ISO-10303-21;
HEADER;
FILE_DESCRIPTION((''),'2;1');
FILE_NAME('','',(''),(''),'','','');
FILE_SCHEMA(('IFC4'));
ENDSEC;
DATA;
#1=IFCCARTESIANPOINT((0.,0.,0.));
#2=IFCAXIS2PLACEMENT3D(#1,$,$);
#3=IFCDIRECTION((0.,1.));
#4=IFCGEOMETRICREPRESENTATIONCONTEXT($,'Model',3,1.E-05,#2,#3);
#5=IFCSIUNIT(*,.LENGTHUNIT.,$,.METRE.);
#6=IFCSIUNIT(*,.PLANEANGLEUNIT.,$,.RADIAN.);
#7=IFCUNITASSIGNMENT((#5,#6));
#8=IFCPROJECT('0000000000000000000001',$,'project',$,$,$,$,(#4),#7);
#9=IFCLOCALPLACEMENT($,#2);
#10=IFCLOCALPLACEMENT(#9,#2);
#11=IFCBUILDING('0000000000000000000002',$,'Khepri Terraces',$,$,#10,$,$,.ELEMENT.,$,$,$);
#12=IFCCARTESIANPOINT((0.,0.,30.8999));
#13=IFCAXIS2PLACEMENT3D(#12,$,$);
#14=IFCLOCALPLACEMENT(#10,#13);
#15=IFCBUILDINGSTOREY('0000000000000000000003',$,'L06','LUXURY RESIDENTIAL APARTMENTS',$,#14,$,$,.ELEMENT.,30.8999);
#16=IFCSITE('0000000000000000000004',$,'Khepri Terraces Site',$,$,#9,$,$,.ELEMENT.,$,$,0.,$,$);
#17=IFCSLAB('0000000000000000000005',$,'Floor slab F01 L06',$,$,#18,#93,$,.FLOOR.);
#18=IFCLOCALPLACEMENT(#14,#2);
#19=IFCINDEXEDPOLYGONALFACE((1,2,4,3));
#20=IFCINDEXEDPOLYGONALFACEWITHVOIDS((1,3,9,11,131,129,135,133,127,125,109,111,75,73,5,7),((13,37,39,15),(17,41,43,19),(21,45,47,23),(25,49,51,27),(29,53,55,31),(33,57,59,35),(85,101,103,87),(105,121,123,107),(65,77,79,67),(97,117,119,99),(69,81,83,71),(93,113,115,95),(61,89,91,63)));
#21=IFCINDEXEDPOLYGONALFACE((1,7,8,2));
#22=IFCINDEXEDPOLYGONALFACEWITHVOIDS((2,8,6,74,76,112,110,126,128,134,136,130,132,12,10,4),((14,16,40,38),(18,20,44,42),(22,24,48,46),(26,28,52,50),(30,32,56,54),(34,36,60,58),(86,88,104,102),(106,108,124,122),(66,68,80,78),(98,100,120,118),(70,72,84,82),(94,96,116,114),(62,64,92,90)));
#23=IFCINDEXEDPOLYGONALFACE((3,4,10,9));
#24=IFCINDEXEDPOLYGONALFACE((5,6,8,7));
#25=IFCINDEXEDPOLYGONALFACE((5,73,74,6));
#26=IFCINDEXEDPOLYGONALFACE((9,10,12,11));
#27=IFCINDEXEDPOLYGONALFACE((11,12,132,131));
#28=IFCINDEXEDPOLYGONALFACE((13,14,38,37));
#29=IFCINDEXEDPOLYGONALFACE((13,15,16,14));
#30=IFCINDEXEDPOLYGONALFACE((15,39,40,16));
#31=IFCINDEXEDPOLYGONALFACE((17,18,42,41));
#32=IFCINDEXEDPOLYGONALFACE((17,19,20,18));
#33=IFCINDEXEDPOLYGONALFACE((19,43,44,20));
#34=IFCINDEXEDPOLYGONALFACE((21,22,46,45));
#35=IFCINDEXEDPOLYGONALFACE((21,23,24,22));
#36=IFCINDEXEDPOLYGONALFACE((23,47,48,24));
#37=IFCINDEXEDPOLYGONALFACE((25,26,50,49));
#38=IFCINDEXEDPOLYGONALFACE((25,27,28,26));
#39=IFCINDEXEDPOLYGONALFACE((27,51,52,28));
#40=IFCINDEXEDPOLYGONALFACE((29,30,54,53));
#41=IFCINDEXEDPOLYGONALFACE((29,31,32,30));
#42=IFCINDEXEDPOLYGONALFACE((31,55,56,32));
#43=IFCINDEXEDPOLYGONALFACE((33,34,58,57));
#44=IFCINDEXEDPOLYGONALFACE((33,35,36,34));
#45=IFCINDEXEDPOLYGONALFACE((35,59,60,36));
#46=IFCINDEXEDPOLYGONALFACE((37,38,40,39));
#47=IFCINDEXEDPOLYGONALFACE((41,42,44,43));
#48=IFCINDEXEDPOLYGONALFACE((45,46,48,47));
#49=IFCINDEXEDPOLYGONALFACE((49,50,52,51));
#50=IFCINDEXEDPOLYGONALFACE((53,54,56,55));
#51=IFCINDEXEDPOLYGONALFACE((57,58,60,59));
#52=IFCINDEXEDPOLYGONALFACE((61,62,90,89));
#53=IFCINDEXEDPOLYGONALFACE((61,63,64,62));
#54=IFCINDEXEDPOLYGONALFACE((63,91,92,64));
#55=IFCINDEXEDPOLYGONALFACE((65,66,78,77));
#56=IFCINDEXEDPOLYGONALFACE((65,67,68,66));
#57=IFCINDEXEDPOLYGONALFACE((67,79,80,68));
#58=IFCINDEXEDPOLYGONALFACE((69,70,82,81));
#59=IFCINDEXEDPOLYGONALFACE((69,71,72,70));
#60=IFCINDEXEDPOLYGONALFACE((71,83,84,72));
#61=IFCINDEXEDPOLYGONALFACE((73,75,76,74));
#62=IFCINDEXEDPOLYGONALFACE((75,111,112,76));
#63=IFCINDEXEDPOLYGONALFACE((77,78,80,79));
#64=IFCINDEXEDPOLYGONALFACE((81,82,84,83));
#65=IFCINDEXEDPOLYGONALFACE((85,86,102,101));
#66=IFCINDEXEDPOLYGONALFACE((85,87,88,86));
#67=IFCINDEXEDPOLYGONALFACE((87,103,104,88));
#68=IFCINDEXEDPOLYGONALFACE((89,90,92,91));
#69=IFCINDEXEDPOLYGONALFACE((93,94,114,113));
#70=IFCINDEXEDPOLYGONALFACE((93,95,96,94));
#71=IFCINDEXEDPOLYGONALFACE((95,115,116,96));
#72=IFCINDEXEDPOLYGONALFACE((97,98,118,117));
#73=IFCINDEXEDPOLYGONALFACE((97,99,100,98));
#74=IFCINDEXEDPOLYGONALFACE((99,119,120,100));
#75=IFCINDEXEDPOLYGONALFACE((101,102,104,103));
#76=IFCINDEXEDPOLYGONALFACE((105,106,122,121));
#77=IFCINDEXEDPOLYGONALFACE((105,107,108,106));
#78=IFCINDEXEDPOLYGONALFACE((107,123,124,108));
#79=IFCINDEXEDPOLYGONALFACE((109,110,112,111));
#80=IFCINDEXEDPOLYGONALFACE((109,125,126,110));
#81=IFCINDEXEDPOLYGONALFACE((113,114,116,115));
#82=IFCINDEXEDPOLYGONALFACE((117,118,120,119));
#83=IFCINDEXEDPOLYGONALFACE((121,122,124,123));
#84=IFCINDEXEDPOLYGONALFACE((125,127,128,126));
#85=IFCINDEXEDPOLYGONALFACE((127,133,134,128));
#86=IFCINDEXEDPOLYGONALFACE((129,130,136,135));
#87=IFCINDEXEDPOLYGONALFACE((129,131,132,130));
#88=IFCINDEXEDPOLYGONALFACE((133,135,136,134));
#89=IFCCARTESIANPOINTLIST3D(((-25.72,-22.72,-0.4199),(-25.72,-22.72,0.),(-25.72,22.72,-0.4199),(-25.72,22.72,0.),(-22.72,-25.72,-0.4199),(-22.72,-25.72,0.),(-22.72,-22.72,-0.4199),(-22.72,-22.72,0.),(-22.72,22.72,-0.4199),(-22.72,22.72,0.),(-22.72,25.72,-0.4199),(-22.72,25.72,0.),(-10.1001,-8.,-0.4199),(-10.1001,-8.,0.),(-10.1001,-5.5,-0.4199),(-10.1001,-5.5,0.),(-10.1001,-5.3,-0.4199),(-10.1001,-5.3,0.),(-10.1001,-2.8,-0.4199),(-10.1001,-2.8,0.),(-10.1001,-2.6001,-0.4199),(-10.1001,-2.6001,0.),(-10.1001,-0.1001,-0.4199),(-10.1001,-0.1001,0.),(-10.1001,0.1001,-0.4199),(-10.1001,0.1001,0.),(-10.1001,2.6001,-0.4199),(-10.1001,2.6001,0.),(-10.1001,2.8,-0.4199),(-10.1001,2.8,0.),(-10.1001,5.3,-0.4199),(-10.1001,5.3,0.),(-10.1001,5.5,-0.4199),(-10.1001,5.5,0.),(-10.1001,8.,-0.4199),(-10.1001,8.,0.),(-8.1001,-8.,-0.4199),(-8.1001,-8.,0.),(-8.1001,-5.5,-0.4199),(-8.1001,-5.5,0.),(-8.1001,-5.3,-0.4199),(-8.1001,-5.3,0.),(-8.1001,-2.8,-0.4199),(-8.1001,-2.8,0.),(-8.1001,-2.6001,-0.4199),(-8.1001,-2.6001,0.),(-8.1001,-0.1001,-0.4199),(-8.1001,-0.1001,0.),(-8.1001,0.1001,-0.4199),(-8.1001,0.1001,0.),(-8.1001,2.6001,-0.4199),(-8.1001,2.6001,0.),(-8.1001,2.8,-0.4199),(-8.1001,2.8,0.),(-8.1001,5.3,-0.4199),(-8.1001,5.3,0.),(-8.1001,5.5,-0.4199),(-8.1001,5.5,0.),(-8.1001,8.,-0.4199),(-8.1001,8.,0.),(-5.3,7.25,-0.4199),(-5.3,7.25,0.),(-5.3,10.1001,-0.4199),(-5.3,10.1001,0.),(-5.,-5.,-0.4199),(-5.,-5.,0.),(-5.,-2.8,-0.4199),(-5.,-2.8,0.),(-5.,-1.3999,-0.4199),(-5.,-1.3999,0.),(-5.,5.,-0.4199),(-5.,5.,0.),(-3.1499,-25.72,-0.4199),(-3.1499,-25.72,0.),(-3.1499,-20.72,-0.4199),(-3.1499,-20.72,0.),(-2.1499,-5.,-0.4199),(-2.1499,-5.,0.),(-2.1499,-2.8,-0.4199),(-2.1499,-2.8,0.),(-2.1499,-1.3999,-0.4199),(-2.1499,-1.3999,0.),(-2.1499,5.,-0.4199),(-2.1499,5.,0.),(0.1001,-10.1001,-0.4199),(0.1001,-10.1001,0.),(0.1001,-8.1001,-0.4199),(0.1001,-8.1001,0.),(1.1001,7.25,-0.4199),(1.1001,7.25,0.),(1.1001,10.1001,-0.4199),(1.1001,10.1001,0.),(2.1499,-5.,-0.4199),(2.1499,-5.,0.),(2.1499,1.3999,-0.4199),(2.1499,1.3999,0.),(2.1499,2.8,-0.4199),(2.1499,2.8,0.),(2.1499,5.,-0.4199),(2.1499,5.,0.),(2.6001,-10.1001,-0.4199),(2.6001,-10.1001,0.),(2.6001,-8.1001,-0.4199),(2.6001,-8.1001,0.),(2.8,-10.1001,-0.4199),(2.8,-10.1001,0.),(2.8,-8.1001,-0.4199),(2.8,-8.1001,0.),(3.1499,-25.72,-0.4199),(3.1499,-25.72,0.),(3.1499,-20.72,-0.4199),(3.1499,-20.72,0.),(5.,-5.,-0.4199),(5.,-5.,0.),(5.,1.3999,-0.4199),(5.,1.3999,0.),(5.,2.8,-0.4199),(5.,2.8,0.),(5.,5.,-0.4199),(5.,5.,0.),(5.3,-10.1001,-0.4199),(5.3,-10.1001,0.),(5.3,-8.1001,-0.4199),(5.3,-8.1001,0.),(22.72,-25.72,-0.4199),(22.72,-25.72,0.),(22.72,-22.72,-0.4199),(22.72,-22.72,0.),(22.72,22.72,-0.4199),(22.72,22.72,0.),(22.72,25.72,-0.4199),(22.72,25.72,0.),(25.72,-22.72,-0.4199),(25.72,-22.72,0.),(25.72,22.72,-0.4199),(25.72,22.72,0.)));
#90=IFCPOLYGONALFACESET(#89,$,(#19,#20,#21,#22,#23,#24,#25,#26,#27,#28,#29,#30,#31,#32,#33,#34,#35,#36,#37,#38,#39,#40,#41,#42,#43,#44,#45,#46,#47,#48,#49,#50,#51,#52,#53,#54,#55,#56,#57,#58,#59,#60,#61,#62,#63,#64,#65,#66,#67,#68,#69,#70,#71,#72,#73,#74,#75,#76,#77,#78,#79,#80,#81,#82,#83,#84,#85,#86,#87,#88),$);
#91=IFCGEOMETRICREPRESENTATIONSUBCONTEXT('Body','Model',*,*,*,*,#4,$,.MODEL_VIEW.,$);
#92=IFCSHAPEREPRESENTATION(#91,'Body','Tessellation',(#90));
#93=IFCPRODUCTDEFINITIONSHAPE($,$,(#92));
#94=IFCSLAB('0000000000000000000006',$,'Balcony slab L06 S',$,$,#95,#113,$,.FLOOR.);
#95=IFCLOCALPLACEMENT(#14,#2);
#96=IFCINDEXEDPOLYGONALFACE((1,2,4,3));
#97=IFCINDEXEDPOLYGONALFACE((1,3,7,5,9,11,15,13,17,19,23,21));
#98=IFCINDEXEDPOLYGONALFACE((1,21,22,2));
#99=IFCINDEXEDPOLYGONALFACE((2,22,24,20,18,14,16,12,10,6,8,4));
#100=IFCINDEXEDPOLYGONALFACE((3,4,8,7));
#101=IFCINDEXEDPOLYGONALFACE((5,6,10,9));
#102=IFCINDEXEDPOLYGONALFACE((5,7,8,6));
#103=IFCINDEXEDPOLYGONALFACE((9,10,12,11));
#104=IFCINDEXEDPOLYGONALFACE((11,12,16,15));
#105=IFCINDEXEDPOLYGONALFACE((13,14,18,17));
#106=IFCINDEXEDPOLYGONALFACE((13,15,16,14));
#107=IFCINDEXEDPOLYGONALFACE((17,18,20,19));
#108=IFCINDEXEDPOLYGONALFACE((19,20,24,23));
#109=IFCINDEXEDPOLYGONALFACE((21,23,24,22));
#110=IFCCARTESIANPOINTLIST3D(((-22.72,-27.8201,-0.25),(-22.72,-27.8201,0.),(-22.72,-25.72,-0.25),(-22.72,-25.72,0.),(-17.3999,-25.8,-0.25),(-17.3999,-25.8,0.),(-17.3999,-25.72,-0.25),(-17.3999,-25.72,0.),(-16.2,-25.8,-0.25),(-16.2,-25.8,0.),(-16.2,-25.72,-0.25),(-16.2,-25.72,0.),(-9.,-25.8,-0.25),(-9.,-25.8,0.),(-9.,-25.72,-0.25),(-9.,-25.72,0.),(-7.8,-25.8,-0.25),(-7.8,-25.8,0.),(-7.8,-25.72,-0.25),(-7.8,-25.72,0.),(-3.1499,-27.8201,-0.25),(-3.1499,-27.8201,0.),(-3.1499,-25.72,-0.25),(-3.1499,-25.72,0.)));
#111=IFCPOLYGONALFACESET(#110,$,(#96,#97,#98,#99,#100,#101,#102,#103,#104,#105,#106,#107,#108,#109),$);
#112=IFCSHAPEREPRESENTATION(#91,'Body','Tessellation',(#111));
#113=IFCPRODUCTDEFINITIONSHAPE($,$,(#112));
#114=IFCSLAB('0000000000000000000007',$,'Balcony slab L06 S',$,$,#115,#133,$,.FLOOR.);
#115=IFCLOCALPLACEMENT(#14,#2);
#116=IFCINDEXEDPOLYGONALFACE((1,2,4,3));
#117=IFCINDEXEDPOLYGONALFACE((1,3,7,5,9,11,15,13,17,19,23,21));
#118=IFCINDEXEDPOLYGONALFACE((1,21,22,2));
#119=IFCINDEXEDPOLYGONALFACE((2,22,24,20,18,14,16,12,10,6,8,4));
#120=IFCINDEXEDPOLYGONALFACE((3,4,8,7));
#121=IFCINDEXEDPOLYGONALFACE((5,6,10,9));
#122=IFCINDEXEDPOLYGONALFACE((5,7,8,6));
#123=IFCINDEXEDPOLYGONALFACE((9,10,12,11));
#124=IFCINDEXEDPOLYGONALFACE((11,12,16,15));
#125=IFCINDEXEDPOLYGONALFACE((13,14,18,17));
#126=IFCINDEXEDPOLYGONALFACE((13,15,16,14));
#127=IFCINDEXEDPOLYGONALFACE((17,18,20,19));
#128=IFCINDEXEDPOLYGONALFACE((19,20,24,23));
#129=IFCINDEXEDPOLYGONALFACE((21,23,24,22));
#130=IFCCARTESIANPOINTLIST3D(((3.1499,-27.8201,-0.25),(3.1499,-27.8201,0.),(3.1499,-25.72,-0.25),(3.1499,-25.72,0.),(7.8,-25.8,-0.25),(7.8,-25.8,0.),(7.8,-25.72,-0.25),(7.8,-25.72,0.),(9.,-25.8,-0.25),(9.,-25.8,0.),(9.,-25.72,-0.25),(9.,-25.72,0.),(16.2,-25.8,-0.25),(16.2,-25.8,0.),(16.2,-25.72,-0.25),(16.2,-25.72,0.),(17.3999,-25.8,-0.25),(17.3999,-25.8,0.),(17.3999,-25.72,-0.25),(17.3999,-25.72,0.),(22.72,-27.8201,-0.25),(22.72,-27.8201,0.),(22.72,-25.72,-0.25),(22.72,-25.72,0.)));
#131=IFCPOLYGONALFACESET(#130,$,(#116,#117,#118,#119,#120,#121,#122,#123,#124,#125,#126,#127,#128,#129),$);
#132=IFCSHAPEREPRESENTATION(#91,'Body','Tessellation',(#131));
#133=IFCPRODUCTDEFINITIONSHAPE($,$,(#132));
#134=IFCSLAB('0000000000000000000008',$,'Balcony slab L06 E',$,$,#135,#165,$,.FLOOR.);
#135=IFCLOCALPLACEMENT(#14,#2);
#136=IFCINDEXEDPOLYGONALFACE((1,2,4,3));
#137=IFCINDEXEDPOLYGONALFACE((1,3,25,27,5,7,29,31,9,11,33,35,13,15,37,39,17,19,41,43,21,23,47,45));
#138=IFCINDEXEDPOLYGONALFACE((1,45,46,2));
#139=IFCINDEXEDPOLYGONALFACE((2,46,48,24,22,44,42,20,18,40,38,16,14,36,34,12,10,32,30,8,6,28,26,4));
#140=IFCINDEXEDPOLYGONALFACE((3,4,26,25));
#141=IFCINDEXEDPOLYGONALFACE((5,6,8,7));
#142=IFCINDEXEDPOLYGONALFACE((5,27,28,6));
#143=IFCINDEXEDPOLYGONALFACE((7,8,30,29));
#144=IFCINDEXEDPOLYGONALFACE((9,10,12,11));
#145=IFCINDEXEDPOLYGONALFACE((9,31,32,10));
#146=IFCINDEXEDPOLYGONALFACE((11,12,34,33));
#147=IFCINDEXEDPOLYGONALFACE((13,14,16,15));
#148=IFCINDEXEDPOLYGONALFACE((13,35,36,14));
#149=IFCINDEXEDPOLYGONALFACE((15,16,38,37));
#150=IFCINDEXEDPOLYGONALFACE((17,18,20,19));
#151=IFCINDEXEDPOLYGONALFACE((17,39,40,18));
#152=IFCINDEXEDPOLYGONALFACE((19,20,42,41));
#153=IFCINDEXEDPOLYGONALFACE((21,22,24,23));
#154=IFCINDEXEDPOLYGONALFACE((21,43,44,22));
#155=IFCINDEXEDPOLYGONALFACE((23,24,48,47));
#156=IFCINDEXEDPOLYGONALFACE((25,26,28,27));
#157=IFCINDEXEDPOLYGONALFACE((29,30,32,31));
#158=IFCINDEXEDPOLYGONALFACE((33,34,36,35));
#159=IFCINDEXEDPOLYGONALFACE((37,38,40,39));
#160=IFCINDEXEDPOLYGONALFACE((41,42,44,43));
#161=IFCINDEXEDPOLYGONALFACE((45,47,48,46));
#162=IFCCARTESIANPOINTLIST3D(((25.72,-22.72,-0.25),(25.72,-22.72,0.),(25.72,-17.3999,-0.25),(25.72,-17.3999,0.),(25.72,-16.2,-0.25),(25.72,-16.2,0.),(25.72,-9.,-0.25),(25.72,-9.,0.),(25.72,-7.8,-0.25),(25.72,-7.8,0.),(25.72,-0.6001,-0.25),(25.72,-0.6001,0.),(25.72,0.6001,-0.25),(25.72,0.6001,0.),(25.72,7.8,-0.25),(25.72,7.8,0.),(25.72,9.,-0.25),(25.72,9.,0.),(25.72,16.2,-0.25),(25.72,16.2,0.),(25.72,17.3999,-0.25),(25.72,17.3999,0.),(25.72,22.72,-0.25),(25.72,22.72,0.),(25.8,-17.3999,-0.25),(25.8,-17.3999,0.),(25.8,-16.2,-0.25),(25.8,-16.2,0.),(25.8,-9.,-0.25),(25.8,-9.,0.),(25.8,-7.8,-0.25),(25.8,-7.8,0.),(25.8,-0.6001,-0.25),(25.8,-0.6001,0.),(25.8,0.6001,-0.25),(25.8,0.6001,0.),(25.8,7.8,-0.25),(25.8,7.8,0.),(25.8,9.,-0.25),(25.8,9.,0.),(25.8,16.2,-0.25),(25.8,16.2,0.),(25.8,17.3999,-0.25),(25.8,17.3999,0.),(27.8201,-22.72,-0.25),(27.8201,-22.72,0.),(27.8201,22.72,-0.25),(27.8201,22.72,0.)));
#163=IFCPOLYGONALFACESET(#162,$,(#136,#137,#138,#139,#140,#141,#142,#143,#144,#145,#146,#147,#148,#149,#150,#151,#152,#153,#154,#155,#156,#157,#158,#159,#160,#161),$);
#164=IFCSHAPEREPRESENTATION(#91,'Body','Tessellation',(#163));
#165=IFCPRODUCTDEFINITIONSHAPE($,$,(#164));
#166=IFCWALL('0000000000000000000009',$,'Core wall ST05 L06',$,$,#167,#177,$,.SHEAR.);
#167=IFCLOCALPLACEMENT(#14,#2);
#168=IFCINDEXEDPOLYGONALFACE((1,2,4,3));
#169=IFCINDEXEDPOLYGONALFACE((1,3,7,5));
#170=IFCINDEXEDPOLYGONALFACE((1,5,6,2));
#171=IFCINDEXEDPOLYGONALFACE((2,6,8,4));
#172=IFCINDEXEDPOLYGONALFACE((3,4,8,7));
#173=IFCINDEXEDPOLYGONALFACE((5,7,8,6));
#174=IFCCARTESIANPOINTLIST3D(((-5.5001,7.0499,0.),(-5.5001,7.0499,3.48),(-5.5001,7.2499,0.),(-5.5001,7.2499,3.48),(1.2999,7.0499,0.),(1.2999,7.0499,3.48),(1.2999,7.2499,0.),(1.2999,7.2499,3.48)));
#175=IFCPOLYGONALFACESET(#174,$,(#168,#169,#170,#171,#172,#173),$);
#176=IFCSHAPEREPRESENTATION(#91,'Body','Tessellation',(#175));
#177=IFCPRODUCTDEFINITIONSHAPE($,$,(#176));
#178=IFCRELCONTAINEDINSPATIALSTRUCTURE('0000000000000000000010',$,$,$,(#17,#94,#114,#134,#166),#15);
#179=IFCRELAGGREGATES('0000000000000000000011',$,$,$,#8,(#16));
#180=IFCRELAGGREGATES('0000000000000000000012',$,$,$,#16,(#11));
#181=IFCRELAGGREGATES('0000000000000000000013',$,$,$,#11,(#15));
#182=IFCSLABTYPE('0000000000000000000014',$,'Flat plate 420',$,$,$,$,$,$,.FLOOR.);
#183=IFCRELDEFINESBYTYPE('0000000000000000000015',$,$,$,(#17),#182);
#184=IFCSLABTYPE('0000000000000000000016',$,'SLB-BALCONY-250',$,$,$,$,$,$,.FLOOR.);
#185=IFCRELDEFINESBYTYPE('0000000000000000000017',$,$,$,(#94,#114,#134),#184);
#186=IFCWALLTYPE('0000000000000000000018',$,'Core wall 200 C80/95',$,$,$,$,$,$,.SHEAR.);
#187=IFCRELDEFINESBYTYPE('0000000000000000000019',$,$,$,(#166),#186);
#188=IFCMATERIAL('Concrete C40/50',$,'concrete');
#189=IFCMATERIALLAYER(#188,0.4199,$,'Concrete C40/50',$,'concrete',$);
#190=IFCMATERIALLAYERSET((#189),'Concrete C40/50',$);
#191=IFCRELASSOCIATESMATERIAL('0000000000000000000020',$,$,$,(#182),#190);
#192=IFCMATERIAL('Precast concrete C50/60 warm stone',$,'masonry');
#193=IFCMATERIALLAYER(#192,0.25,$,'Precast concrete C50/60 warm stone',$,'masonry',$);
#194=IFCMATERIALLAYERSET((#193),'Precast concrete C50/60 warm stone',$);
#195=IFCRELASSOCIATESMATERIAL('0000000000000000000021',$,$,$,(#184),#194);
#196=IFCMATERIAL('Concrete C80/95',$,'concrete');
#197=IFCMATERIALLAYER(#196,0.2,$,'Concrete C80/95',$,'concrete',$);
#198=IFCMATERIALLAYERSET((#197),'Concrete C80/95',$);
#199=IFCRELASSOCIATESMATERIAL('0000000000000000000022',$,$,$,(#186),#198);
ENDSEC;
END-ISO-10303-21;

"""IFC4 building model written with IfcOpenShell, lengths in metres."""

from ifc_helpers import new_model, si_unit, direction, frame, frame_2d, origin, place, context, subcontext, project, spatial, polyline, rectangle, outline, extrude, material, layer, layer_set, type_object, element, save


model = new_model("IFC4")

# Units and contexts
model_context = context("Model", 3, precision=1e-05, world=origin(), true_north=direction((0.0, 1.0)))
body_context = subcontext(model_context, "Body", "Model", "MODEL_VIEW")
ifc_project = project(units=[si_unit("LENGTHUNIT", "METRE"), si_unit("PLANEANGLEUNIT", "RADIAN")], contexts=[model_context])

# Site, building, storey
site_placement = place(None, origin())
site = spatial("IfcSite", under=ifc_project, at=site_placement, Name="Khepri Terraces Site", CompositionType="ELEMENT", RefElevation=0.0)
building_placement = place(site_placement, origin())
building = spatial("IfcBuilding", under=site, at=building_placement, Name="Khepri Terraces", CompositionType="ELEMENT")
storey_placement = place(building_placement, frame((0.0, 0.0, 30.8999)))
storey = spatial("IfcBuildingStorey", under=building, at=storey_placement, Name="L06", Description="LUXURY RESIDENTIAL APARTMENTS", CompositionType="ELEMENT", Elevation=30.8999)

# Slabs
ifc_material_1 = material(Name="Concrete C40/50", Category="concrete")
ifc_layer_1 = layer(ifc_material_1, 0.4199, Name="Concrete C40/50", Category="concrete")
ifc_layer_set_1 = layer_set([ifc_layer_1], Name="Concrete C40/50")
slab_type_1 = type_object("IfcSlabType", Name="Flat plate 420", PredefinedType="FLOOR", material=ifc_layer_set_1)
slab_1_placement = place(storey_placement, frame((0.0, 0.0, -0.4199)))
element("IfcSlab", 1, at=slab_1_placement, inside=storey, type_object=slab_type_1, Name="Floor slab F01 L06", PredefinedType="FLOOR", context=body_context, shape_type="SweptSolid", body=[
    extrude(outline(polyline([(22.72, 22.72), (25.72, 22.72), (25.72, -22.72), (22.72, -22.72), (22.72, -25.72), (3.1499, -25.72), (3.1499, -20.72), (-3.1499, -20.72), (-3.1499, -25.72), (-22.72, -25.72), (-22.72, -22.72), (-25.72, -22.72), (-25.72, 22.72), (-22.72, 22.72), (-22.72, 25.72), (22.72, 25.72), (22.72, 22.72)]), holes=[polyline([(5.0, 5.0), (2.1499, 5.0), (2.1499, 2.8), (5.0, 2.8), (5.0, 5.0)]), polyline([(-2.1499, -5.0), (-2.1499, -2.8), (-5.0, -2.8), (-5.0, -5.0), (-2.1499, -5.0)]), polyline([(-10.1001, -8.0), (-8.1001, -8.0), (-8.1001, -5.5), (-10.1001, -5.5), (-10.1001, -8.0)]), polyline([(-10.1001, -2.8), (-10.1001, -5.3), (-8.1001, -5.3), (-8.1001, -2.8), (-10.1001, -2.8)]), polyline([(-8.1001, -0.1001), (-10.1001, -0.1001), (-10.1001, -2.6001), (-8.1001, -2.6001), (-8.1001, -0.1001)]), polyline([(-8.1001, 0.1001), (-8.1001, 2.6001), (-10.1001, 2.6001), (-10.1001, 0.1001), (-8.1001, 0.1001)]), polyline([(-10.1001, 2.8), (-8.1001, 2.8), (-8.1001, 5.3), (-10.1001, 5.3), (-10.1001, 2.8)]), polyline([(-10.1001, 8.0), (-10.1001, 5.5), (-8.1001, 5.5), (-8.1001, 8.0), (-10.1001, 8.0)]), polyline([(2.6001, -8.1001), (0.1001, -8.1001), (0.1001, -10.1001), (2.6001, -10.1001), (2.6001, -8.1001)]), polyline([(5.3, -10.1001), (5.3, -8.1001), (2.8, -8.1001), (2.8, -10.1001), (5.3, -10.1001)]), polyline([(-5.0, -1.3999), (-2.1499, -1.3999), (-2.1499, 5.0), (-5.0, 5.0), (-5.0, -1.3999)]), polyline([(5.0, -5.0), (5.0, 1.3999), (2.1499, 1.3999), (2.1499, -5.0), (5.0, -5.0)]), polyline([(-5.3, 10.1001), (-5.3, 7.25), (1.1001, 7.25), (1.1001, 10.1001), (-5.3, 10.1001)])]), origin(), (0.0, 0.0, 1.0), 0.4199),
])
ifc_material_2 = material(Name="Precast concrete C50/60 warm stone", Category="masonry")
ifc_layer_2 = layer(ifc_material_2, 0.25, Name="Precast concrete C50/60 warm stone", Category="masonry")
ifc_layer_set_2 = layer_set([ifc_layer_2], Name="Precast concrete C50/60 warm stone")
slab_type_2 = type_object("IfcSlabType", Name="SLB-BALCONY-250", PredefinedType="FLOOR", material=ifc_layer_set_2)
slab_2_placement = place(storey_placement, frame((0.0, 0.0, -0.25)))
element("IfcSlab", 2, at=slab_2_placement, inside=storey, type_object=slab_type_2, Name="Balcony slab L06 S", PredefinedType="FLOOR", context=body_context, shape_type="SweptSolid", body=[
    extrude(outline(polyline([(-17.3999, -25.72), (-22.72, -25.72), (-22.72, -27.8201), (-3.1499, -27.8201), (-3.1499, -25.72), (-7.8, -25.72), (-7.8, -25.8), (-9.0, -25.8), (-9.0, -25.72), (-16.2, -25.72), (-16.2, -25.8), (-17.3999, -25.8), (-17.3999, -25.72)])), origin(), (0.0, 0.0, 1.0), 0.25),
])
slab_3_placement = place(storey_placement, frame((0.0, 0.0, -0.25)))
element("IfcSlab", 3, at=slab_3_placement, inside=storey, type_object=slab_type_2, Name="Balcony slab L06 S", PredefinedType="FLOOR", context=body_context, shape_type="SweptSolid", body=[
    extrude(outline(polyline([(7.8, -25.72), (3.1499, -25.72), (3.1499, -27.8201), (22.72, -27.8201), (22.72, -25.72), (17.3999, -25.72), (17.3999, -25.8), (16.2, -25.8), (16.2, -25.72), (9.0, -25.72), (9.0, -25.8), (7.8, -25.8), (7.8, -25.72)])), origin(), (0.0, 0.0, 1.0), 0.25),
])
slab_4_placement = place(storey_placement, frame((0.0, 0.0, -0.25)))
element("IfcSlab", 4, at=slab_4_placement, inside=storey, type_object=slab_type_2, Name="Balcony slab L06 E", PredefinedType="FLOOR", context=body_context, shape_type="SweptSolid", body=[
    extrude(outline(polyline([(25.72, -17.3999), (25.72, -22.72), (27.8201, -22.72), (27.8201, 22.72), (25.72, 22.72), (25.72, 17.3999), (25.8, 17.3999), (25.8, 16.2), (25.72, 16.2), (25.72, 9.0), (25.8, 9.0), (25.8, 7.8), (25.72, 7.8), (25.72, 0.6001), (25.8, 0.6001), (25.8, -0.6001), (25.72, -0.6001), (25.72, -7.8), (25.8, -7.8), (25.8, -9.0), (25.72, -9.0), (25.72, -16.2), (25.8, -16.2), (25.8, -17.3999), (25.72, -17.3999)])), origin(), (0.0, 0.0, 1.0), 0.25),
])

# Wall
ifc_material_3 = material(Name="Concrete C80/95", Category="concrete")
ifc_layer_3 = layer(ifc_material_3, 0.2, Name="Concrete C80/95", Category="concrete")
ifc_layer_set_3 = layer_set([ifc_layer_3], Name="Concrete C80/95")
wall_type_1 = type_object("IfcWallType", Name="Core wall 200 C80/95", PredefinedType="SHEAR", material=ifc_layer_set_3)
wall_1_placement = place(storey_placement, frame((-5.5, 7.1499, 0.0), z_axis=(0.0, 0.0, 1.0), x_axis=(1.0, 0.0, 0.0)))
element("IfcWall", 5, at=wall_1_placement, inside=storey, type_object=wall_type_1, Name="Core wall ST05 L06", PredefinedType="SHEAR", context=body_context, shape_type="SweptSolid", body=[
    extrude(rectangle(XDim=6.8, YDim=0.2, at=frame_2d((3.3999, 0.0))), origin(), (0.0, 0.0, 1.0), 3.48),
])

save(model, "model.ifc")
